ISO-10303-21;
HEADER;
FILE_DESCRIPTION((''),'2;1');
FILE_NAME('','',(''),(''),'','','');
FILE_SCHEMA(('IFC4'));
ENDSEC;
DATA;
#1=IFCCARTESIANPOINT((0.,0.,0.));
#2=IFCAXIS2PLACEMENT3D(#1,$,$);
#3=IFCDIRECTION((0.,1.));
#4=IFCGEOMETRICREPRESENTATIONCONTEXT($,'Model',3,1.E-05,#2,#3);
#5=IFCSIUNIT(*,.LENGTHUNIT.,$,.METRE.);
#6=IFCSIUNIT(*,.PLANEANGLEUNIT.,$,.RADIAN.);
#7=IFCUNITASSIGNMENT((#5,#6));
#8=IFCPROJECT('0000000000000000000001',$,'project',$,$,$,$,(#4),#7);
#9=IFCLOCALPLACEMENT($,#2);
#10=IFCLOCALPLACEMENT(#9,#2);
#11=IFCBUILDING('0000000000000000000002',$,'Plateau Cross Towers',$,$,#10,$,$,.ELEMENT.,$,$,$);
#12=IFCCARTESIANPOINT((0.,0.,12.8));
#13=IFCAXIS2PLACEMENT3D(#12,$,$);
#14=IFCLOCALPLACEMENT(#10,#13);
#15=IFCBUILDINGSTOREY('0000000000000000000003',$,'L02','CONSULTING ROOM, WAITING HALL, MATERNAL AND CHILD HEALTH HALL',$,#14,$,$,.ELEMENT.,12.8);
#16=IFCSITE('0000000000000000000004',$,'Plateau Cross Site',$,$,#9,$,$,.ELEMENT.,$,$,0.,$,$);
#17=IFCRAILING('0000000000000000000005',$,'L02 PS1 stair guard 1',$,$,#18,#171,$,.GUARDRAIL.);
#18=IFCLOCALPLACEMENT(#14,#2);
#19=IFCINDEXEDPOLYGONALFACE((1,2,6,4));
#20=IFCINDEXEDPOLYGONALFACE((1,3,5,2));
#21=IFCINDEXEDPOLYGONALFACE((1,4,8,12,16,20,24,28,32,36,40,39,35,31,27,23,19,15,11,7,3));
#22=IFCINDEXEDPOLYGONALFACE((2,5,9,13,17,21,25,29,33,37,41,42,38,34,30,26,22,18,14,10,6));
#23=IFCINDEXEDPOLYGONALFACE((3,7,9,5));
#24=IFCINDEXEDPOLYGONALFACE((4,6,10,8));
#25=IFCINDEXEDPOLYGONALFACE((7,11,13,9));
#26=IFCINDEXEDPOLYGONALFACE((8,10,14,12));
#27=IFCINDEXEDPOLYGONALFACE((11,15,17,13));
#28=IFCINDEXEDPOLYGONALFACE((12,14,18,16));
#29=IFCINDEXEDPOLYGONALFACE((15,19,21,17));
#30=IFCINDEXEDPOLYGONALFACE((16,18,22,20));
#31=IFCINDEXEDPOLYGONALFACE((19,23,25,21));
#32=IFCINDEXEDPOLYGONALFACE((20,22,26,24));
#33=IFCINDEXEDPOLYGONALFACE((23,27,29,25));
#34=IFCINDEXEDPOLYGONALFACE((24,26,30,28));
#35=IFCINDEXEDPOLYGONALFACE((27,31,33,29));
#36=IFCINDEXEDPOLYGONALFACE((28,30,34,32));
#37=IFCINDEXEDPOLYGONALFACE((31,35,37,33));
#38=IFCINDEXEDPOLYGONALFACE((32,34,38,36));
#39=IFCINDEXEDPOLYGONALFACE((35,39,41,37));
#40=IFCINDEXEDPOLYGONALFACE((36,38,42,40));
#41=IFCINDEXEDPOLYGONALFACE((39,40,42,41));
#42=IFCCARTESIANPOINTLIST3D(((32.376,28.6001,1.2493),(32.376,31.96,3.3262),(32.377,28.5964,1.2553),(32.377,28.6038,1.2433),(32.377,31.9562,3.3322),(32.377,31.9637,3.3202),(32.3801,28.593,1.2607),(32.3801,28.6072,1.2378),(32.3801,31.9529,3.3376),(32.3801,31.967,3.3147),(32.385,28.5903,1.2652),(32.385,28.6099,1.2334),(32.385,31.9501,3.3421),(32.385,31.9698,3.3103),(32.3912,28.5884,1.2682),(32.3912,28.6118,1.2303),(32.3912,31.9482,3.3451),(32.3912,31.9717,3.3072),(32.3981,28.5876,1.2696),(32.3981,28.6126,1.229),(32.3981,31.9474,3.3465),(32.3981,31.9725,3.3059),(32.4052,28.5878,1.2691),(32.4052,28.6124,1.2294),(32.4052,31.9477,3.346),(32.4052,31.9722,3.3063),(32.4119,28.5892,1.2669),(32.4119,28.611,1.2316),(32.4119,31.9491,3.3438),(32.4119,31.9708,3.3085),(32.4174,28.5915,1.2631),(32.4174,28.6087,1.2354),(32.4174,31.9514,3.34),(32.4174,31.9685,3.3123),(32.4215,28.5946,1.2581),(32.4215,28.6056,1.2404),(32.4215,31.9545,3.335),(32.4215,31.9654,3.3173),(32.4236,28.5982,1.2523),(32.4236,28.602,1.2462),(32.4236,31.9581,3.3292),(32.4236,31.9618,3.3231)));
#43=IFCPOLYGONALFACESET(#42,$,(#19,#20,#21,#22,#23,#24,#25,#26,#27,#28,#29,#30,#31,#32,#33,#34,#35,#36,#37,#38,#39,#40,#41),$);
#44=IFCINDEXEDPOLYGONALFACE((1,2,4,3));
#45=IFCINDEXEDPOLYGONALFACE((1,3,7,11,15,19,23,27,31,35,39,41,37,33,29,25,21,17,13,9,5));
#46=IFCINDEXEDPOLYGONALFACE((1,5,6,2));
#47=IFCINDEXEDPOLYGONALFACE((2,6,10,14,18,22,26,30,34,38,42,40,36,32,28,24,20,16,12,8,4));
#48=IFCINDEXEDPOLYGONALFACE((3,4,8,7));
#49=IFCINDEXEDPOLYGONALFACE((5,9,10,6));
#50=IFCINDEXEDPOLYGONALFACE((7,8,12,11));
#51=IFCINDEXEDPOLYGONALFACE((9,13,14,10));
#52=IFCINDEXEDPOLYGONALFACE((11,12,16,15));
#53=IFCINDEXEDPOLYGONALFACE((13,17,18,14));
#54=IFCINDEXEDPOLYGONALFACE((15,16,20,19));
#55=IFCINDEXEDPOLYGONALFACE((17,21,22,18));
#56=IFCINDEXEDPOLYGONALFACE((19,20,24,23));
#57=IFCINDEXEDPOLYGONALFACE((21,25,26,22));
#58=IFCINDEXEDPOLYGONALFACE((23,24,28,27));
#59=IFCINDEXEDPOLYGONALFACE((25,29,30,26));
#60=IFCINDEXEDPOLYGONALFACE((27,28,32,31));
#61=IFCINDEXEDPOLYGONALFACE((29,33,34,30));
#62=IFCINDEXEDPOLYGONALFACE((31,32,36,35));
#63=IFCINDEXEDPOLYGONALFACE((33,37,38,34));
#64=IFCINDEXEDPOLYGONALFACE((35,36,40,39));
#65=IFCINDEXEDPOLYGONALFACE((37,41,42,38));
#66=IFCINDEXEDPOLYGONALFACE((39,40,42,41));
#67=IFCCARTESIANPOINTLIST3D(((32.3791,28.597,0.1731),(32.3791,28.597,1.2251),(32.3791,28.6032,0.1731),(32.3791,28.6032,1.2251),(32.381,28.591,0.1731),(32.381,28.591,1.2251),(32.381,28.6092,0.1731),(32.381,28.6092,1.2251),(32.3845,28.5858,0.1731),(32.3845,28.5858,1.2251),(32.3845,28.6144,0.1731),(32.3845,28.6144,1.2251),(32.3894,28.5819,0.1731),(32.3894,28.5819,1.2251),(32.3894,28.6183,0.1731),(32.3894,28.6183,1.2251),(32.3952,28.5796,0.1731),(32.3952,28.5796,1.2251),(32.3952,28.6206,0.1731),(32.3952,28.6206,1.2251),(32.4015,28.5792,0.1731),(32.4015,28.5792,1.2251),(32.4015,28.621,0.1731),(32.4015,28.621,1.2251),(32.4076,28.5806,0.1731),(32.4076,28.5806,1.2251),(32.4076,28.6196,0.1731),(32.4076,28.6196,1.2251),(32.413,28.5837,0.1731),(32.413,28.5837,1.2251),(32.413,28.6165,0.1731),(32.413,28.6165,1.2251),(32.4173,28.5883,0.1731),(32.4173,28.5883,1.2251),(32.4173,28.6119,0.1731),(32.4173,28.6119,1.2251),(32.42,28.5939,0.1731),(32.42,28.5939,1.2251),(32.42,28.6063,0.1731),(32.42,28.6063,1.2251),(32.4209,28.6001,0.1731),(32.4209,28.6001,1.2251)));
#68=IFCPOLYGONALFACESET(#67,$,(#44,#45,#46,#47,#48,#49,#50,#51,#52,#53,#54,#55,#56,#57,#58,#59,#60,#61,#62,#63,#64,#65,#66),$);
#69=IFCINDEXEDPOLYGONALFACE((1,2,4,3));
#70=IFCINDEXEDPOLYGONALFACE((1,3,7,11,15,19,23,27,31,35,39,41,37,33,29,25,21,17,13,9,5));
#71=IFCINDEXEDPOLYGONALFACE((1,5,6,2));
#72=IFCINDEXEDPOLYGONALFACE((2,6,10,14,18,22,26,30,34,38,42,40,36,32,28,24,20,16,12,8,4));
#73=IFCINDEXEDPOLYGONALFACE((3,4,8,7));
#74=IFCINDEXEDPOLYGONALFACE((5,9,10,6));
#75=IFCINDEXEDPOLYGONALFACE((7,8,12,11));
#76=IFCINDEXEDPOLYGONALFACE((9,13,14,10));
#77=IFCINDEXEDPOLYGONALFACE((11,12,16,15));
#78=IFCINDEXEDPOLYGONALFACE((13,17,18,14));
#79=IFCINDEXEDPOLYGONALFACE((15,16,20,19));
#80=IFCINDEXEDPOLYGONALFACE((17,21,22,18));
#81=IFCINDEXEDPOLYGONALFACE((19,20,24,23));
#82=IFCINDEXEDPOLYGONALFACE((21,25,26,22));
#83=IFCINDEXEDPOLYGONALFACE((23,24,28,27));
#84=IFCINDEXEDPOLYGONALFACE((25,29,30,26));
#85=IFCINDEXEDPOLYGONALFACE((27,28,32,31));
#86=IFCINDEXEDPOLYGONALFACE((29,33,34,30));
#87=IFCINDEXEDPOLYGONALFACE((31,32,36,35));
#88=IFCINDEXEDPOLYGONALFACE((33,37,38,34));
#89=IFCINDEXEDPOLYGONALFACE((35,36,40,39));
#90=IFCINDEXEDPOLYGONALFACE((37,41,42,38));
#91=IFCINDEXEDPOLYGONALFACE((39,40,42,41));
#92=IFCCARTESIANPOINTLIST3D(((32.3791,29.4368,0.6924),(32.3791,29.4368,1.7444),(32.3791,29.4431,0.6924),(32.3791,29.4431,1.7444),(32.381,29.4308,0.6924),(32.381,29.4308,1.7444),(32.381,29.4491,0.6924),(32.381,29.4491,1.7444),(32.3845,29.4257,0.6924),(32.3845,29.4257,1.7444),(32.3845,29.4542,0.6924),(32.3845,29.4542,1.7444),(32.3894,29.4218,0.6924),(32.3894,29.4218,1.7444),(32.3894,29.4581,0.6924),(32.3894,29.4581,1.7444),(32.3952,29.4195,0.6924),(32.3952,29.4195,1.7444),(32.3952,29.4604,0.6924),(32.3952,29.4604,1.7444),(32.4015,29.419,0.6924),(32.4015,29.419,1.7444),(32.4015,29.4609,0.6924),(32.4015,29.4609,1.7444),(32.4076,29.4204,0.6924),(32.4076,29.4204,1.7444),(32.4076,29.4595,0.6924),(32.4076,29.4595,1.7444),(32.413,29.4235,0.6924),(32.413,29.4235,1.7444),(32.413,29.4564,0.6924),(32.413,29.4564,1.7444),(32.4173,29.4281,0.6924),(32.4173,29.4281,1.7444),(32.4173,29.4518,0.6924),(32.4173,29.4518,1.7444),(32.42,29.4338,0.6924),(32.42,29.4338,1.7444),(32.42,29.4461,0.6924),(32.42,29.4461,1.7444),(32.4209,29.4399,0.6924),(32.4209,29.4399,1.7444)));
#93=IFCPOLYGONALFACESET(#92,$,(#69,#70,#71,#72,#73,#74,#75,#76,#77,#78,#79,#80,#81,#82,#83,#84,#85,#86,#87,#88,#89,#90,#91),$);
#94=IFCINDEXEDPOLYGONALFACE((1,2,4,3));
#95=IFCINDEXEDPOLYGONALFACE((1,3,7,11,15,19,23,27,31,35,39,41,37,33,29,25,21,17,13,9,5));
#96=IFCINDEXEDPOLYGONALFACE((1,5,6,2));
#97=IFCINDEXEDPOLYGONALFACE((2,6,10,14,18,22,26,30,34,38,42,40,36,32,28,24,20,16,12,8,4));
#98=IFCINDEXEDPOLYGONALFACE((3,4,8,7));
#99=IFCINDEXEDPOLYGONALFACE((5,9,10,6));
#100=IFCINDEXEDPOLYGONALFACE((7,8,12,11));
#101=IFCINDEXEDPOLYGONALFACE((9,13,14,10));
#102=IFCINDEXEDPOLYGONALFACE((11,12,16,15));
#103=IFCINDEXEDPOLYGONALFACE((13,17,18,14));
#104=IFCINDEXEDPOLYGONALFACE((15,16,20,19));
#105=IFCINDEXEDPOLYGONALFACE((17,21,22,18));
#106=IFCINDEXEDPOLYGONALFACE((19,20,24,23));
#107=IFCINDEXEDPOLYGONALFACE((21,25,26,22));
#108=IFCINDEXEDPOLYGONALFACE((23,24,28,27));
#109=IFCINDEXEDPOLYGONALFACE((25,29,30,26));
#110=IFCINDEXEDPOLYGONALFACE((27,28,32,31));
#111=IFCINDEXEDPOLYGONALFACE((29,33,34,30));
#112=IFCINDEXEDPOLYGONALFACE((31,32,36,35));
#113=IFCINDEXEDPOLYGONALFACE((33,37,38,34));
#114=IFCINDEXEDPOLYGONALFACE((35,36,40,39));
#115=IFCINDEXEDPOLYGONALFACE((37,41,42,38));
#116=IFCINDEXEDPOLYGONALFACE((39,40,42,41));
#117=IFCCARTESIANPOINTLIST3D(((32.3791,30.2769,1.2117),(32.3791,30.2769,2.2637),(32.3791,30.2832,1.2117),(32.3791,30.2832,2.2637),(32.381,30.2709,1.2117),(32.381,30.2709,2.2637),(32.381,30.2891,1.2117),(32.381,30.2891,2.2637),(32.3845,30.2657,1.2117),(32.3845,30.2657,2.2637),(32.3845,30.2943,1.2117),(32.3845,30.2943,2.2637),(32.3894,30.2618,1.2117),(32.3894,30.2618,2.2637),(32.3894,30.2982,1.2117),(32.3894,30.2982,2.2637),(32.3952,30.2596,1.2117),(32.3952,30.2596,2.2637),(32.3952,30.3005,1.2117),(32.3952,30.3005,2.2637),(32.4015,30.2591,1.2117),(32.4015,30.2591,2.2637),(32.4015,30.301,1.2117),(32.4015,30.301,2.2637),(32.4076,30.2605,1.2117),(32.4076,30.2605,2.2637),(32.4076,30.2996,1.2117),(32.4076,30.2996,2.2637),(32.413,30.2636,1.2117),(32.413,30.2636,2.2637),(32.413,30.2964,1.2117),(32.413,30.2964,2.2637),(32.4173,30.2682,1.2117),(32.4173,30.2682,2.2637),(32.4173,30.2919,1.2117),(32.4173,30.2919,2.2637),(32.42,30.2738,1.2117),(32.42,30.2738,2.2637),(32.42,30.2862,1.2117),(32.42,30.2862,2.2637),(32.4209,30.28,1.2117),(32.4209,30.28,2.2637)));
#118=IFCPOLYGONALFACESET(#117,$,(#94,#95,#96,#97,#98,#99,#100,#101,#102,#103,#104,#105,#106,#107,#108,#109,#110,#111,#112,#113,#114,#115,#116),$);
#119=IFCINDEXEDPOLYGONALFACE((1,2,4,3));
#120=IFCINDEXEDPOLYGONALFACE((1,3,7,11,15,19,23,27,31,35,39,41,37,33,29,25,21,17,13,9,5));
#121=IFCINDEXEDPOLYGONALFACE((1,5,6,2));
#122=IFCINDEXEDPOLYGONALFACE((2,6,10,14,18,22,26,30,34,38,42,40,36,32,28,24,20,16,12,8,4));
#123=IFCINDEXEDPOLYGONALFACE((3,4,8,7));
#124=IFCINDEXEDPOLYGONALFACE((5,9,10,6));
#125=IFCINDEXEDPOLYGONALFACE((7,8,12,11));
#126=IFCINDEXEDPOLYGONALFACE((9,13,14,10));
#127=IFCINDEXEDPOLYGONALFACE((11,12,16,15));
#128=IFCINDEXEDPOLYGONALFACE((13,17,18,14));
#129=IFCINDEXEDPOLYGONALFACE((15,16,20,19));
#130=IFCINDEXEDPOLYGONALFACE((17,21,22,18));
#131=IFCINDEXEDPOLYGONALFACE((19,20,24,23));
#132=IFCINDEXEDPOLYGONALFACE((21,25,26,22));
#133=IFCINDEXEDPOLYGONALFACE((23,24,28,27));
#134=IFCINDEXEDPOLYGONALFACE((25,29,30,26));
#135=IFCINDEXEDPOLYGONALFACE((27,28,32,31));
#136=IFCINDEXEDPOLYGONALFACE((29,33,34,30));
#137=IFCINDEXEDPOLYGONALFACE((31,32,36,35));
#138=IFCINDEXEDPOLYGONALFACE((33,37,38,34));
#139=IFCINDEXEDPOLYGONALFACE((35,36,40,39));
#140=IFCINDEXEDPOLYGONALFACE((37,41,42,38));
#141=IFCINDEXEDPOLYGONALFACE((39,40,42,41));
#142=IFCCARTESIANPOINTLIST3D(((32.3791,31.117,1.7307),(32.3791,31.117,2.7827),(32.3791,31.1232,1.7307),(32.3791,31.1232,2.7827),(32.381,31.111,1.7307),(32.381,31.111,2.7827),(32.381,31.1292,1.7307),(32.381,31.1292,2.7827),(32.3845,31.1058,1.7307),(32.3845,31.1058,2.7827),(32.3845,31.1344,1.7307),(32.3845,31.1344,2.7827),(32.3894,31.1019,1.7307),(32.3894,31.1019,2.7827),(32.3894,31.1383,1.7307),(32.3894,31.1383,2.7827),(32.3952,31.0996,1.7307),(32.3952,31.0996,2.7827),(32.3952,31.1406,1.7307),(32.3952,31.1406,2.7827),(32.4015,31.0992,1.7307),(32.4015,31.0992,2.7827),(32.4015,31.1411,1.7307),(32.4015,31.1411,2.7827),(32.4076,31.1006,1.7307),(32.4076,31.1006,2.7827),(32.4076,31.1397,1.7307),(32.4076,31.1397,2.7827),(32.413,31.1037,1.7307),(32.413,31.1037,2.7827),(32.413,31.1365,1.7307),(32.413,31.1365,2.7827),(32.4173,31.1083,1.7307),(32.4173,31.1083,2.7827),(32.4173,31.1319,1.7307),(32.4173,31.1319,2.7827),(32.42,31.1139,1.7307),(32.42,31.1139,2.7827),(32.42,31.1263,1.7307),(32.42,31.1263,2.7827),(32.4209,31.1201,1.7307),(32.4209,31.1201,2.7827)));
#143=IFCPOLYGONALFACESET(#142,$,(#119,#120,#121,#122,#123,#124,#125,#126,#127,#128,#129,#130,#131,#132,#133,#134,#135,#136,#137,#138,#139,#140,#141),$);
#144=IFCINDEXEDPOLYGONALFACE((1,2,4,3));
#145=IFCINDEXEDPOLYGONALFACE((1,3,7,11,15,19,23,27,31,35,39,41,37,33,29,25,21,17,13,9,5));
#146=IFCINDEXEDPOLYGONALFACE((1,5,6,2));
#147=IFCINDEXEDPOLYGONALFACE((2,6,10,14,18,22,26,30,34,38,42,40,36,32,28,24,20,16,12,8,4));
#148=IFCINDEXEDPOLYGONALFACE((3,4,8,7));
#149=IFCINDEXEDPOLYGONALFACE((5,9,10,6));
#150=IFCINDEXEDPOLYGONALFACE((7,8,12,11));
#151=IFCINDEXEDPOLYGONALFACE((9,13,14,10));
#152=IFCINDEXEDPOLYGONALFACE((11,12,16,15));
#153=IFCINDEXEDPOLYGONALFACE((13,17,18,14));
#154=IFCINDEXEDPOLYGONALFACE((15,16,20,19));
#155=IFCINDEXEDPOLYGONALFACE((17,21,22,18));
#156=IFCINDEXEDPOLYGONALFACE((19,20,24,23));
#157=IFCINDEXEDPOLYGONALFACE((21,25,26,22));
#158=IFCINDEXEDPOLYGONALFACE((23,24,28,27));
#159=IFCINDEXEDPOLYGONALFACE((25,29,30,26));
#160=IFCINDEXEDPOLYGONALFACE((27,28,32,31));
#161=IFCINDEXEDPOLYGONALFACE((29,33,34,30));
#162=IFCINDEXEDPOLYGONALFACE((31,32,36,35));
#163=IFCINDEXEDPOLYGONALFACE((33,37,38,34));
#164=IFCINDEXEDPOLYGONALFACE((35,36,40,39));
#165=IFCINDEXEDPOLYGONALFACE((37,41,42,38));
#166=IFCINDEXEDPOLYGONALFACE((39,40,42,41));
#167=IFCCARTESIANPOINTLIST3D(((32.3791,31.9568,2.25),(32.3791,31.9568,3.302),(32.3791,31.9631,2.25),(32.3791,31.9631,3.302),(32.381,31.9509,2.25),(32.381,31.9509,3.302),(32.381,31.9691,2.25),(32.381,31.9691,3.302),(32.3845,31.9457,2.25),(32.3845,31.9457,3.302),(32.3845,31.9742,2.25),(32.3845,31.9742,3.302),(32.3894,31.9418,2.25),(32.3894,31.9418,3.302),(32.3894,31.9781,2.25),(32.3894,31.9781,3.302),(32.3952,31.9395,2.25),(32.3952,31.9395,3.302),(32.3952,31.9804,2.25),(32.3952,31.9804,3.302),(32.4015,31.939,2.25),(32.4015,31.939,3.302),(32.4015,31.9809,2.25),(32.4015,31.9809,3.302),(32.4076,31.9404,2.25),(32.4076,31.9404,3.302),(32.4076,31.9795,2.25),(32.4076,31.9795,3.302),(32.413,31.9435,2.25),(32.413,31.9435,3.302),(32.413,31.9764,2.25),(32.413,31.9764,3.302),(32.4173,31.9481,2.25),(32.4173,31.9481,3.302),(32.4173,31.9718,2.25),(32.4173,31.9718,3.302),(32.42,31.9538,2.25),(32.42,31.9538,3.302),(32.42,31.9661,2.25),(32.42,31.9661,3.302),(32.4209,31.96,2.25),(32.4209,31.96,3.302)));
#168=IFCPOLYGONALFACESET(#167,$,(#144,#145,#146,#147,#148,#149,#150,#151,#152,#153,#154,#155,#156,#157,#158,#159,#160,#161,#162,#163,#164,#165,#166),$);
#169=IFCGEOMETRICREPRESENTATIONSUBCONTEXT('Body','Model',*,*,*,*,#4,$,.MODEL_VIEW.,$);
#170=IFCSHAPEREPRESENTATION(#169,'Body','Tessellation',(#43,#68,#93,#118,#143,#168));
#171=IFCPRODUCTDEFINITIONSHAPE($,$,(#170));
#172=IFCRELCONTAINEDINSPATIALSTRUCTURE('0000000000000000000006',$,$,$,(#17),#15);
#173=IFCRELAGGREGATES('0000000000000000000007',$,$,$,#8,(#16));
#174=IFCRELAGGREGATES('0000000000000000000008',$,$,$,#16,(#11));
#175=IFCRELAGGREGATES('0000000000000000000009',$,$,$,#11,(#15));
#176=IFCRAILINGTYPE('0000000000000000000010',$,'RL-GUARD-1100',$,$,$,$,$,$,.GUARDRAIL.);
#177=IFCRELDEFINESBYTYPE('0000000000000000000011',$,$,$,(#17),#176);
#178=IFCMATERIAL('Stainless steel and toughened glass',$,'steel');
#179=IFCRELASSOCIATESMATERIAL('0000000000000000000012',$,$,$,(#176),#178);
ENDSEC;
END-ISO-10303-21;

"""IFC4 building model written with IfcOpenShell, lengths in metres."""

from ifc_helpers import new_model, si_unit, direction, frame, origin, origin_2d, place, context, subcontext, project, spatial, circle, extrude, material, type_object, element, save


model = new_model("IFC4")

# Units and contexts
model_context = context("Model", 3, precision=1e-05, world=origin(), true_north=direction((0.0, 1.0)))
body_context = subcontext(model_context, "Body", "Model", "MODEL_VIEW")
ifc_project = project(units=[si_unit("LENGTHUNIT", "METRE"), si_unit("PLANEANGLEUNIT", "RADIAN")], contexts=[model_context])

# Site, building, storey
site_placement = place(None, origin())
site = spatial("IfcSite", under=ifc_project, at=site_placement, Name="Plateau Cross Site", CompositionType="ELEMENT", RefElevation=0.0)
building_placement = place(site_placement, origin())
building = spatial("IfcBuilding", under=site, at=building_placement, Name="Plateau Cross Towers", CompositionType="ELEMENT")
storey_placement = place(building_placement, frame((0.0, 0.0, 12.8)))
storey = spatial("IfcBuildingStorey", under=building, at=storey_placement, Name="L02", Description="CONSULTING ROOM, WAITING HALL, MATERNAL AND CHILD HEALTH HALL", CompositionType="ELEMENT", Elevation=12.8)

# Railing
ifc_material_1 = material(Name="Stainless steel and toughened glass", Category="steel")
railing_type_1 = type_object("IfcRailingType", Name="RL-GUARD-1100", PredefinedType="GUARDRAIL", material=ifc_material_1)
railing_1_placement = place(storey_placement, frame((32.3999, 28.6001, 0.1731)))
element("IfcRailing", 1, at=railing_1_placement, inside=storey, type_object=railing_type_1, Name="L02 PS1 stair guard 1", PredefinedType="GUARDRAIL", context=body_context, shape_type="SweptSolid", body=[
    extrude(circle(Radius=0.0239, at=origin_2d()), frame((0.0, 0.0, 1.0762), z_axis=(0.0, 0.850606, 0.525803), x_axis=(-1.0, 0.0, 0.0)), (0.0, 0.0, 1.0), 3.95),
    extrude(circle(Radius=0.021, at=origin_2d()), origin(), (0.0, 0.0, 1.0), 1.052),
    extrude(circle(Radius=0.021, at=origin_2d()), frame((0.0, 0.8398, 0.5193)), (0.0, 0.0, 1.0), 1.052),
    extrude(circle(Radius=0.021, at=origin_2d()), frame((0.0, 1.6799, 1.0386)), (0.0, 0.0, 1.0), 1.052),
    extrude(circle(Radius=0.021, at=origin_2d()), frame((0.0, 2.52, 1.5576)), (0.0, 0.0, 1.0), 1.052),
    extrude(circle(Radius=0.021, at=origin_2d()), frame((0.0, 3.3599, 2.0769)), (0.0, 0.0, 1.0), 1.052),
])

save(model, "model.ifc")
